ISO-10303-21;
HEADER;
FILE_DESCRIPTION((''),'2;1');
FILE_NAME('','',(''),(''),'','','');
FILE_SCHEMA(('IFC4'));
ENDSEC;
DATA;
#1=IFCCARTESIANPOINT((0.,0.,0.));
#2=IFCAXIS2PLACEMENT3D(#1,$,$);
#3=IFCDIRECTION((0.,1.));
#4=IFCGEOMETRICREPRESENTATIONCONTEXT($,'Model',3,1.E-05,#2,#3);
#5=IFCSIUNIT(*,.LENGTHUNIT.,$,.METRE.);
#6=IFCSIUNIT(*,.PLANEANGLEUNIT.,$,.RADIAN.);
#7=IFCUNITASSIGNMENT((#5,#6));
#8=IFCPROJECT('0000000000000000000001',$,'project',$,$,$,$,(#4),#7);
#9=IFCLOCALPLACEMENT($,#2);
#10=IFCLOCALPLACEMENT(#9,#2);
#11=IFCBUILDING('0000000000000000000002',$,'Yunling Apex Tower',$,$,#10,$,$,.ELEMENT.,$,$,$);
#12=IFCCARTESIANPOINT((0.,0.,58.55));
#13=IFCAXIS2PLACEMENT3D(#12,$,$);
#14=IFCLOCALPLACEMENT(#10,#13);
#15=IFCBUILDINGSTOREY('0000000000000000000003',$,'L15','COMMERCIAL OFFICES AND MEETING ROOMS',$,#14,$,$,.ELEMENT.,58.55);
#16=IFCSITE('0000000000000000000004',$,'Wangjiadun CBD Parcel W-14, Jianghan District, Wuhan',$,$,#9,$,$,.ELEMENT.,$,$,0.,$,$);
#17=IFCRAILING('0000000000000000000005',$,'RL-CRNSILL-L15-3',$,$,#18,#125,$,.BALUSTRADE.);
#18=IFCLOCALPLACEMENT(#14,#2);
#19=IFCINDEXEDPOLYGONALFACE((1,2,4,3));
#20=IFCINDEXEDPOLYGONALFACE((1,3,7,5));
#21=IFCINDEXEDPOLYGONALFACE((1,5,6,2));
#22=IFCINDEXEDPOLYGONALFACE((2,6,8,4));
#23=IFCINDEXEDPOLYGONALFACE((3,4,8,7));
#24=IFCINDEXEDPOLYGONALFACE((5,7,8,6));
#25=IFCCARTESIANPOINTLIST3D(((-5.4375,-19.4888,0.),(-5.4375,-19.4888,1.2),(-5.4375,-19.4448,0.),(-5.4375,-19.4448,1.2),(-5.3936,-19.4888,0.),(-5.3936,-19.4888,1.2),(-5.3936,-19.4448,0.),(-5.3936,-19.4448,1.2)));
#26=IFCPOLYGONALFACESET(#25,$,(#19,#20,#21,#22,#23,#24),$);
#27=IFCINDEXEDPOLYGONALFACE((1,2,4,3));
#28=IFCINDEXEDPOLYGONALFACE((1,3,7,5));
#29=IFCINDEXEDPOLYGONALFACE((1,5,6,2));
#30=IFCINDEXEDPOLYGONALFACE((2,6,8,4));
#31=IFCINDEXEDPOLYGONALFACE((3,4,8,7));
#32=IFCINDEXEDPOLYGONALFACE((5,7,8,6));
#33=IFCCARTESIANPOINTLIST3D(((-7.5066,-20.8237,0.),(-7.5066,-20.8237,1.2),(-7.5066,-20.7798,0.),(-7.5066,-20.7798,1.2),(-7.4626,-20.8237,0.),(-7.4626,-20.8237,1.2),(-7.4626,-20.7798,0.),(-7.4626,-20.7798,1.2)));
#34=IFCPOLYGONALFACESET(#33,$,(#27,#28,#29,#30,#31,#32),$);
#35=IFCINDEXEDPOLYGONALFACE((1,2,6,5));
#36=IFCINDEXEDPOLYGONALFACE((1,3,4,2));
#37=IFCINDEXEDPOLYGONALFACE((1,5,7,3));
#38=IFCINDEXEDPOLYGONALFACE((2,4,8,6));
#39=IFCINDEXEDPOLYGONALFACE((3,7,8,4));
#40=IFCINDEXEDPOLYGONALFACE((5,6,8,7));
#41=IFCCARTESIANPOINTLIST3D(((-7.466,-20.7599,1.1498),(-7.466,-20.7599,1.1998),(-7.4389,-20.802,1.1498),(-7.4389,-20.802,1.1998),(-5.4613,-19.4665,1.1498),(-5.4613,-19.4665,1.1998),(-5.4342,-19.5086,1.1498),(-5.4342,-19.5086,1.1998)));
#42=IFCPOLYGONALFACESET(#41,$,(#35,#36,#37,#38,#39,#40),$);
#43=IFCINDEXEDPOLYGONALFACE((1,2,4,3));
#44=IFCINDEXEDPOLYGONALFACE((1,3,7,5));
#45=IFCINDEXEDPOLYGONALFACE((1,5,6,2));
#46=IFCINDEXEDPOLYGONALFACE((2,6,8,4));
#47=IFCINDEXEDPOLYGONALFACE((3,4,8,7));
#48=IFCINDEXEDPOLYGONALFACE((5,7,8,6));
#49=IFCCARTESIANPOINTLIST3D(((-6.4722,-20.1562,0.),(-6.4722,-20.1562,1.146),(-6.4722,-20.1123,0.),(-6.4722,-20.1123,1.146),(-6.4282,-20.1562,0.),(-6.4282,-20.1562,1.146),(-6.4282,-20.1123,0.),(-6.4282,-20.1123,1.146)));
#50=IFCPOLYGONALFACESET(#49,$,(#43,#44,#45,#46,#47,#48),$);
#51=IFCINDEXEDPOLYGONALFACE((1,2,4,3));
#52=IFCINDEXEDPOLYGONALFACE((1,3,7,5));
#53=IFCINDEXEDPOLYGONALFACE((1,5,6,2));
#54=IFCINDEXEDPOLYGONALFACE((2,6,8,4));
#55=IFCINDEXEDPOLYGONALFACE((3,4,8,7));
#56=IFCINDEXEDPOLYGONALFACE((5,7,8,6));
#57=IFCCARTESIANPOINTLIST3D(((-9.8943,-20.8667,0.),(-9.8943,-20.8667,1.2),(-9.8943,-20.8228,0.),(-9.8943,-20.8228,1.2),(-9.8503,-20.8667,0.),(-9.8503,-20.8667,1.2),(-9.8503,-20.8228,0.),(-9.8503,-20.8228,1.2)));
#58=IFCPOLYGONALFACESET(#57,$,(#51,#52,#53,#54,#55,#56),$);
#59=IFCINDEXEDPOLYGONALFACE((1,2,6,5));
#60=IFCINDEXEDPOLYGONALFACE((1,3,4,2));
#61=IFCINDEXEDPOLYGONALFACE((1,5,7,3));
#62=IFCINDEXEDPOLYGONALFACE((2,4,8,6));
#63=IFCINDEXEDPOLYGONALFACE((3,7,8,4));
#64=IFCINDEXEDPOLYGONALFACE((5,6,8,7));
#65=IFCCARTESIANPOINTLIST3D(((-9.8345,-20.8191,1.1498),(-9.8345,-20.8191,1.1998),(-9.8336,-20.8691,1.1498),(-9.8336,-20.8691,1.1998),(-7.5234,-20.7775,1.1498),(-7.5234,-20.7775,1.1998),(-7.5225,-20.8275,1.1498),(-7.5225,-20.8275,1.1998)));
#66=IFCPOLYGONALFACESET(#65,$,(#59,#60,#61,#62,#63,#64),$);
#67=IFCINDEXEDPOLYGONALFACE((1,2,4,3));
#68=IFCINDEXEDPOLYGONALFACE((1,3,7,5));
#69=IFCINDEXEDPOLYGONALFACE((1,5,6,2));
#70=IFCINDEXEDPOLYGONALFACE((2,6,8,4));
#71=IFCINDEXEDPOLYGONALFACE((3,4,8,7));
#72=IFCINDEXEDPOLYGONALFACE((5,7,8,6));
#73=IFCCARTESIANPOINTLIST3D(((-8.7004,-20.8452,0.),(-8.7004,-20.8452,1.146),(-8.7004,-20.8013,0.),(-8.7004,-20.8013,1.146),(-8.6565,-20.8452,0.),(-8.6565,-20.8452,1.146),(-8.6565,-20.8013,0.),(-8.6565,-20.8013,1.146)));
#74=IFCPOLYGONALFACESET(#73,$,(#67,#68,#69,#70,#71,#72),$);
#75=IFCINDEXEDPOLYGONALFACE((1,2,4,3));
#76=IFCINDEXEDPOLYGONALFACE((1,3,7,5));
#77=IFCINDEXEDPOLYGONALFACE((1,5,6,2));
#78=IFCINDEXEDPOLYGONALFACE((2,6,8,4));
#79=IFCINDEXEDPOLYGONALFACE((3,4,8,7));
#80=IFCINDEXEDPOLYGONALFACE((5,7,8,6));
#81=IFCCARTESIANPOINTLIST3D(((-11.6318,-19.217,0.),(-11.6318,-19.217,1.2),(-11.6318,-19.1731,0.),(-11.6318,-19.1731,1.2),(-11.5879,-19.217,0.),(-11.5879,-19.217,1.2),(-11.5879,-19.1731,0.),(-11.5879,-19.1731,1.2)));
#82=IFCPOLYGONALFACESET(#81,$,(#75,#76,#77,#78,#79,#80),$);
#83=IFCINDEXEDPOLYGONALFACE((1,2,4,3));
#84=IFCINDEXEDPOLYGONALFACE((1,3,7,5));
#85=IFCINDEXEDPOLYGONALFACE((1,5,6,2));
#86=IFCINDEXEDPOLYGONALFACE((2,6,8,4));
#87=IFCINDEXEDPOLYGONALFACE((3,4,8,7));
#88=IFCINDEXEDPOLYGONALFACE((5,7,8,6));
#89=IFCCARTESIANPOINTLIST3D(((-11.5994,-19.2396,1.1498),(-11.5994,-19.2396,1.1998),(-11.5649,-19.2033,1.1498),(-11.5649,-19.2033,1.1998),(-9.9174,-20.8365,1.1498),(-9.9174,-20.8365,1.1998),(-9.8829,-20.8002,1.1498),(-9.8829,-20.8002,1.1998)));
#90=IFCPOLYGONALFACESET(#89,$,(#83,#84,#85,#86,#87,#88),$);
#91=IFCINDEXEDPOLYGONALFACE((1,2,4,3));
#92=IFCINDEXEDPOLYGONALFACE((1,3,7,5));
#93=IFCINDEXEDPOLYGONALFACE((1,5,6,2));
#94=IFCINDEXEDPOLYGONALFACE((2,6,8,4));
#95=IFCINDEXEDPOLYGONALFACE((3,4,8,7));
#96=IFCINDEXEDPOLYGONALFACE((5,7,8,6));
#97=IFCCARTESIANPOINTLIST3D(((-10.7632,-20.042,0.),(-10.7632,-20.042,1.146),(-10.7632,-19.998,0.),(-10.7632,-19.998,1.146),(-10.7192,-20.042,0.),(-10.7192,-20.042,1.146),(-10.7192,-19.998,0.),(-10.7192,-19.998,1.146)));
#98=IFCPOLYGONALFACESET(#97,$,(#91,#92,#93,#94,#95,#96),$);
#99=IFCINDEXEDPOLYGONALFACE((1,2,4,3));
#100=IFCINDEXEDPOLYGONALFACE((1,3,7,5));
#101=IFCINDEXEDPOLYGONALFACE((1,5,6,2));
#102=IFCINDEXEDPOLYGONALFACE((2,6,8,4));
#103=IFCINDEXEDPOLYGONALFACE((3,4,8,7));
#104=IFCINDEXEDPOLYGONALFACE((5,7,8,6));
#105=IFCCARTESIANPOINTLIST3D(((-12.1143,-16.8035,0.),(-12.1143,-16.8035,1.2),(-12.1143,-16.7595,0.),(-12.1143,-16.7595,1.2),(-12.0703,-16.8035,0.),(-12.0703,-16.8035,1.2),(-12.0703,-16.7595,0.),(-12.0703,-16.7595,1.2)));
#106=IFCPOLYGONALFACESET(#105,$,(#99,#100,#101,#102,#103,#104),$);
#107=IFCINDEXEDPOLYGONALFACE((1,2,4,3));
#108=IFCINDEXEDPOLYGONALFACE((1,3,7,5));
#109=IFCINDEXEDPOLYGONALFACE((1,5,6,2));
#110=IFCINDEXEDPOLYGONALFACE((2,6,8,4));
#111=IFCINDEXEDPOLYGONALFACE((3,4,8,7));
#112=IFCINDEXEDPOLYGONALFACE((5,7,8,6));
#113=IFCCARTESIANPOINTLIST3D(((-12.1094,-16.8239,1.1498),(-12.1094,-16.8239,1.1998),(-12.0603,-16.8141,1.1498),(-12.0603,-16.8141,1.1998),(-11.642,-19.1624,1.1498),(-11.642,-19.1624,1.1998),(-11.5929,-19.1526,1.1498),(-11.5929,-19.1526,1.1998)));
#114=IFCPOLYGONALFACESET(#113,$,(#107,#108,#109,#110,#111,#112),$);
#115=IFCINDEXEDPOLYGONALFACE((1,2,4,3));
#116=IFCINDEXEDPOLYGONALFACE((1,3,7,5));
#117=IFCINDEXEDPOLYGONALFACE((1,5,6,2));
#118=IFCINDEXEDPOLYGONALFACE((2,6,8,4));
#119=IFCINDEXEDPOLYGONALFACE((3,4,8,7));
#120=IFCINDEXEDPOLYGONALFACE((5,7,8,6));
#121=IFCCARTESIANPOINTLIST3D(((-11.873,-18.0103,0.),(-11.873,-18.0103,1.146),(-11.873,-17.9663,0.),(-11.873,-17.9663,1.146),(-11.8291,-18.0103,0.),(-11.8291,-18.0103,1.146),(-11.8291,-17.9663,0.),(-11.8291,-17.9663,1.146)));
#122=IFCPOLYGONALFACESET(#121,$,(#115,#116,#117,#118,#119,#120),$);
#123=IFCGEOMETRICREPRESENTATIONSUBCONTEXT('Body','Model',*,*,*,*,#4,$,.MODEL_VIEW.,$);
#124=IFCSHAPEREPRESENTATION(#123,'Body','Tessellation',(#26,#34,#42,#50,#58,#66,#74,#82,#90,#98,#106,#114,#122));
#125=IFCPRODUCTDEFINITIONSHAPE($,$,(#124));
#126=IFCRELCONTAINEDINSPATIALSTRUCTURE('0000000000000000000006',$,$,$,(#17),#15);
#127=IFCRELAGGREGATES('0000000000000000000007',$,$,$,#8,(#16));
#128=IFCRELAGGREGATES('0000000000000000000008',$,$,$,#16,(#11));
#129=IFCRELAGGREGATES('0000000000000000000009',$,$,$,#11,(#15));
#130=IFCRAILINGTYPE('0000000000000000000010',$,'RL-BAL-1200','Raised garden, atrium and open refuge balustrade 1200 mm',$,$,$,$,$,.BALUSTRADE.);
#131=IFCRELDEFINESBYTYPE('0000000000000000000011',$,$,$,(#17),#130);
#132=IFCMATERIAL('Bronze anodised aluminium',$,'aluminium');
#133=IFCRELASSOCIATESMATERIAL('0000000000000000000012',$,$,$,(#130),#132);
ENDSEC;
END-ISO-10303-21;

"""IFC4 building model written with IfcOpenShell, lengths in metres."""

from ifc_helpers import new_model, si_unit, direction, frame, origin, origin_2d, place, context, subcontext, project, spatial, rectangle, extrude, material, type_object, element, save


model = new_model("IFC4")

# Units and contexts
model_context = context("Model", 3, precision=1e-05, world=origin(), true_north=direction((0.0, 1.0)))
body_context = subcontext(model_context, "Body", "Model", "MODEL_VIEW")
ifc_project = project(units=[si_unit("LENGTHUNIT", "METRE"), si_unit("PLANEANGLEUNIT", "RADIAN")], contexts=[model_context])

# Site, building, storey
site_placement = place(None, origin())
site = spatial("IfcSite", under=ifc_project, at=site_placement, Name="Wangjiadun CBD Parcel W-14, Jianghan District, Wuhan", CompositionType="ELEMENT", RefElevation=0.0)
building_placement = place(site_placement, origin())
building = spatial("IfcBuilding", under=site, at=building_placement, Name="Yunling Apex Tower", CompositionType="ELEMENT")
storey_placement = place(building_placement, frame((0.0, 0.0, 58.55)))
storey = spatial("IfcBuildingStorey", under=building, at=storey_placement, Name="L15", Description="COMMERCIAL OFFICES AND MEETING ROOMS", CompositionType="ELEMENT", Elevation=58.55)

# Shared definitions
ifc_material_1 = material(Name="Bronze anodised aluminium", Category="aluminium")

# Railing
railing_type = type_object("IfcRailingType", Name="RL-BAL-1200", Description="Raised garden, atrium and open refuge balustrade 1200 mm", PredefinedType="BALUSTRADE", material=ifc_material_1)
railing_placement = place(storey_placement, frame((-5.4155, -19.4668, 0.0)))
element("IfcRailing", 1, at=railing_placement, inside=storey, type_object=railing_type, Name="RL-CRNSILL-L15-3", PredefinedType="BALUSTRADE", context=body_context, shape_type="SweptSolid", body=[
    extrude(rectangle(XDim=0.0439, YDim=0.0439, at=origin_2d()), origin(), (0.0, 0.0, 1.0), 1.2),
    extrude(rectangle(XDim=0.0439, YDim=0.0439, at=origin_2d()), frame((-2.0691, -1.335, 0.0)), (0.0, 0.0, 1.0), 1.2),
    extrude(rectangle(XDim=0.05, YDim=0.05, at=origin_2d()), frame((-0.0322, -0.0208, 1.1748), z_axis=(-0.840285, -0.542145, 0.0), x_axis=(0.542145, -0.840285, 0.0)), (0.0, 0.0, 1.0), 2.3857),
    extrude(rectangle(XDim=0.0439, YDim=0.0439, at=origin_2d()), frame((-1.0347, -0.6675, 0.0)), (0.0, 0.0, 1.0), 1.146),
    extrude(rectangle(XDim=0.0439, YDim=0.0439, at=origin_2d()), frame((-4.4568, -1.3779, 0.0)), (0.0, 0.0, 1.0), 1.2),
    extrude(rectangle(XDim=0.05, YDim=0.05, at=origin_2d()), frame((-2.1074, -1.3357, 1.1748), z_axis=(-0.999838, -0.017993, 0.0), x_axis=(0.017993, -0.999838, 0.0)), (0.0, 0.0, 1.0), 2.3115),
    extrude(rectangle(XDim=0.0439, YDim=0.0439, at=origin_2d()), frame((-3.2629, -1.3564, 0.0)), (0.0, 0.0, 1.0), 1.146),
    extrude(rectangle(XDim=0.0439, YDim=0.0439, at=origin_2d()), frame((-6.1943, 0.2717, 0.0)), (0.0, 0.0, 1.0), 1.2),
    extrude(rectangle(XDim=0.05, YDim=0.05, at=origin_2d()), frame((-4.4846, -1.3516, 1.1748), z_axis=(-0.725211, 0.688527, 0.0), x_axis=(-0.688527, -0.725211, 0.0)), (0.0, 0.0, 1.0), 2.3193),
    extrude(rectangle(XDim=0.0439, YDim=0.0439, at=origin_2d()), frame((-5.3257, -0.5532, 0.0)), (0.0, 0.0, 1.0), 1.146),
    extrude(rectangle(XDim=0.0439, YDim=0.0439, at=origin_2d()), frame((-6.6768, 2.6853, 0.0)), (0.0, 0.0, 1.0), 1.2),
    extrude(rectangle(XDim=0.05, YDim=0.05, at=origin_2d()), frame((-6.2019, 0.3093, 1.1748), z_axis=(-0.196002, 0.980604, 0.0), x_axis=(-0.980604, -0.196002, 0.0)), (0.0, 0.0, 1.0), 2.3848),
    extrude(rectangle(XDim=0.0439, YDim=0.0439, at=origin_2d()), frame((-6.4355, 1.4785, 0.0)), (0.0, 0.0, 1.0), 1.146),
])

save(model, "model.ifc")
